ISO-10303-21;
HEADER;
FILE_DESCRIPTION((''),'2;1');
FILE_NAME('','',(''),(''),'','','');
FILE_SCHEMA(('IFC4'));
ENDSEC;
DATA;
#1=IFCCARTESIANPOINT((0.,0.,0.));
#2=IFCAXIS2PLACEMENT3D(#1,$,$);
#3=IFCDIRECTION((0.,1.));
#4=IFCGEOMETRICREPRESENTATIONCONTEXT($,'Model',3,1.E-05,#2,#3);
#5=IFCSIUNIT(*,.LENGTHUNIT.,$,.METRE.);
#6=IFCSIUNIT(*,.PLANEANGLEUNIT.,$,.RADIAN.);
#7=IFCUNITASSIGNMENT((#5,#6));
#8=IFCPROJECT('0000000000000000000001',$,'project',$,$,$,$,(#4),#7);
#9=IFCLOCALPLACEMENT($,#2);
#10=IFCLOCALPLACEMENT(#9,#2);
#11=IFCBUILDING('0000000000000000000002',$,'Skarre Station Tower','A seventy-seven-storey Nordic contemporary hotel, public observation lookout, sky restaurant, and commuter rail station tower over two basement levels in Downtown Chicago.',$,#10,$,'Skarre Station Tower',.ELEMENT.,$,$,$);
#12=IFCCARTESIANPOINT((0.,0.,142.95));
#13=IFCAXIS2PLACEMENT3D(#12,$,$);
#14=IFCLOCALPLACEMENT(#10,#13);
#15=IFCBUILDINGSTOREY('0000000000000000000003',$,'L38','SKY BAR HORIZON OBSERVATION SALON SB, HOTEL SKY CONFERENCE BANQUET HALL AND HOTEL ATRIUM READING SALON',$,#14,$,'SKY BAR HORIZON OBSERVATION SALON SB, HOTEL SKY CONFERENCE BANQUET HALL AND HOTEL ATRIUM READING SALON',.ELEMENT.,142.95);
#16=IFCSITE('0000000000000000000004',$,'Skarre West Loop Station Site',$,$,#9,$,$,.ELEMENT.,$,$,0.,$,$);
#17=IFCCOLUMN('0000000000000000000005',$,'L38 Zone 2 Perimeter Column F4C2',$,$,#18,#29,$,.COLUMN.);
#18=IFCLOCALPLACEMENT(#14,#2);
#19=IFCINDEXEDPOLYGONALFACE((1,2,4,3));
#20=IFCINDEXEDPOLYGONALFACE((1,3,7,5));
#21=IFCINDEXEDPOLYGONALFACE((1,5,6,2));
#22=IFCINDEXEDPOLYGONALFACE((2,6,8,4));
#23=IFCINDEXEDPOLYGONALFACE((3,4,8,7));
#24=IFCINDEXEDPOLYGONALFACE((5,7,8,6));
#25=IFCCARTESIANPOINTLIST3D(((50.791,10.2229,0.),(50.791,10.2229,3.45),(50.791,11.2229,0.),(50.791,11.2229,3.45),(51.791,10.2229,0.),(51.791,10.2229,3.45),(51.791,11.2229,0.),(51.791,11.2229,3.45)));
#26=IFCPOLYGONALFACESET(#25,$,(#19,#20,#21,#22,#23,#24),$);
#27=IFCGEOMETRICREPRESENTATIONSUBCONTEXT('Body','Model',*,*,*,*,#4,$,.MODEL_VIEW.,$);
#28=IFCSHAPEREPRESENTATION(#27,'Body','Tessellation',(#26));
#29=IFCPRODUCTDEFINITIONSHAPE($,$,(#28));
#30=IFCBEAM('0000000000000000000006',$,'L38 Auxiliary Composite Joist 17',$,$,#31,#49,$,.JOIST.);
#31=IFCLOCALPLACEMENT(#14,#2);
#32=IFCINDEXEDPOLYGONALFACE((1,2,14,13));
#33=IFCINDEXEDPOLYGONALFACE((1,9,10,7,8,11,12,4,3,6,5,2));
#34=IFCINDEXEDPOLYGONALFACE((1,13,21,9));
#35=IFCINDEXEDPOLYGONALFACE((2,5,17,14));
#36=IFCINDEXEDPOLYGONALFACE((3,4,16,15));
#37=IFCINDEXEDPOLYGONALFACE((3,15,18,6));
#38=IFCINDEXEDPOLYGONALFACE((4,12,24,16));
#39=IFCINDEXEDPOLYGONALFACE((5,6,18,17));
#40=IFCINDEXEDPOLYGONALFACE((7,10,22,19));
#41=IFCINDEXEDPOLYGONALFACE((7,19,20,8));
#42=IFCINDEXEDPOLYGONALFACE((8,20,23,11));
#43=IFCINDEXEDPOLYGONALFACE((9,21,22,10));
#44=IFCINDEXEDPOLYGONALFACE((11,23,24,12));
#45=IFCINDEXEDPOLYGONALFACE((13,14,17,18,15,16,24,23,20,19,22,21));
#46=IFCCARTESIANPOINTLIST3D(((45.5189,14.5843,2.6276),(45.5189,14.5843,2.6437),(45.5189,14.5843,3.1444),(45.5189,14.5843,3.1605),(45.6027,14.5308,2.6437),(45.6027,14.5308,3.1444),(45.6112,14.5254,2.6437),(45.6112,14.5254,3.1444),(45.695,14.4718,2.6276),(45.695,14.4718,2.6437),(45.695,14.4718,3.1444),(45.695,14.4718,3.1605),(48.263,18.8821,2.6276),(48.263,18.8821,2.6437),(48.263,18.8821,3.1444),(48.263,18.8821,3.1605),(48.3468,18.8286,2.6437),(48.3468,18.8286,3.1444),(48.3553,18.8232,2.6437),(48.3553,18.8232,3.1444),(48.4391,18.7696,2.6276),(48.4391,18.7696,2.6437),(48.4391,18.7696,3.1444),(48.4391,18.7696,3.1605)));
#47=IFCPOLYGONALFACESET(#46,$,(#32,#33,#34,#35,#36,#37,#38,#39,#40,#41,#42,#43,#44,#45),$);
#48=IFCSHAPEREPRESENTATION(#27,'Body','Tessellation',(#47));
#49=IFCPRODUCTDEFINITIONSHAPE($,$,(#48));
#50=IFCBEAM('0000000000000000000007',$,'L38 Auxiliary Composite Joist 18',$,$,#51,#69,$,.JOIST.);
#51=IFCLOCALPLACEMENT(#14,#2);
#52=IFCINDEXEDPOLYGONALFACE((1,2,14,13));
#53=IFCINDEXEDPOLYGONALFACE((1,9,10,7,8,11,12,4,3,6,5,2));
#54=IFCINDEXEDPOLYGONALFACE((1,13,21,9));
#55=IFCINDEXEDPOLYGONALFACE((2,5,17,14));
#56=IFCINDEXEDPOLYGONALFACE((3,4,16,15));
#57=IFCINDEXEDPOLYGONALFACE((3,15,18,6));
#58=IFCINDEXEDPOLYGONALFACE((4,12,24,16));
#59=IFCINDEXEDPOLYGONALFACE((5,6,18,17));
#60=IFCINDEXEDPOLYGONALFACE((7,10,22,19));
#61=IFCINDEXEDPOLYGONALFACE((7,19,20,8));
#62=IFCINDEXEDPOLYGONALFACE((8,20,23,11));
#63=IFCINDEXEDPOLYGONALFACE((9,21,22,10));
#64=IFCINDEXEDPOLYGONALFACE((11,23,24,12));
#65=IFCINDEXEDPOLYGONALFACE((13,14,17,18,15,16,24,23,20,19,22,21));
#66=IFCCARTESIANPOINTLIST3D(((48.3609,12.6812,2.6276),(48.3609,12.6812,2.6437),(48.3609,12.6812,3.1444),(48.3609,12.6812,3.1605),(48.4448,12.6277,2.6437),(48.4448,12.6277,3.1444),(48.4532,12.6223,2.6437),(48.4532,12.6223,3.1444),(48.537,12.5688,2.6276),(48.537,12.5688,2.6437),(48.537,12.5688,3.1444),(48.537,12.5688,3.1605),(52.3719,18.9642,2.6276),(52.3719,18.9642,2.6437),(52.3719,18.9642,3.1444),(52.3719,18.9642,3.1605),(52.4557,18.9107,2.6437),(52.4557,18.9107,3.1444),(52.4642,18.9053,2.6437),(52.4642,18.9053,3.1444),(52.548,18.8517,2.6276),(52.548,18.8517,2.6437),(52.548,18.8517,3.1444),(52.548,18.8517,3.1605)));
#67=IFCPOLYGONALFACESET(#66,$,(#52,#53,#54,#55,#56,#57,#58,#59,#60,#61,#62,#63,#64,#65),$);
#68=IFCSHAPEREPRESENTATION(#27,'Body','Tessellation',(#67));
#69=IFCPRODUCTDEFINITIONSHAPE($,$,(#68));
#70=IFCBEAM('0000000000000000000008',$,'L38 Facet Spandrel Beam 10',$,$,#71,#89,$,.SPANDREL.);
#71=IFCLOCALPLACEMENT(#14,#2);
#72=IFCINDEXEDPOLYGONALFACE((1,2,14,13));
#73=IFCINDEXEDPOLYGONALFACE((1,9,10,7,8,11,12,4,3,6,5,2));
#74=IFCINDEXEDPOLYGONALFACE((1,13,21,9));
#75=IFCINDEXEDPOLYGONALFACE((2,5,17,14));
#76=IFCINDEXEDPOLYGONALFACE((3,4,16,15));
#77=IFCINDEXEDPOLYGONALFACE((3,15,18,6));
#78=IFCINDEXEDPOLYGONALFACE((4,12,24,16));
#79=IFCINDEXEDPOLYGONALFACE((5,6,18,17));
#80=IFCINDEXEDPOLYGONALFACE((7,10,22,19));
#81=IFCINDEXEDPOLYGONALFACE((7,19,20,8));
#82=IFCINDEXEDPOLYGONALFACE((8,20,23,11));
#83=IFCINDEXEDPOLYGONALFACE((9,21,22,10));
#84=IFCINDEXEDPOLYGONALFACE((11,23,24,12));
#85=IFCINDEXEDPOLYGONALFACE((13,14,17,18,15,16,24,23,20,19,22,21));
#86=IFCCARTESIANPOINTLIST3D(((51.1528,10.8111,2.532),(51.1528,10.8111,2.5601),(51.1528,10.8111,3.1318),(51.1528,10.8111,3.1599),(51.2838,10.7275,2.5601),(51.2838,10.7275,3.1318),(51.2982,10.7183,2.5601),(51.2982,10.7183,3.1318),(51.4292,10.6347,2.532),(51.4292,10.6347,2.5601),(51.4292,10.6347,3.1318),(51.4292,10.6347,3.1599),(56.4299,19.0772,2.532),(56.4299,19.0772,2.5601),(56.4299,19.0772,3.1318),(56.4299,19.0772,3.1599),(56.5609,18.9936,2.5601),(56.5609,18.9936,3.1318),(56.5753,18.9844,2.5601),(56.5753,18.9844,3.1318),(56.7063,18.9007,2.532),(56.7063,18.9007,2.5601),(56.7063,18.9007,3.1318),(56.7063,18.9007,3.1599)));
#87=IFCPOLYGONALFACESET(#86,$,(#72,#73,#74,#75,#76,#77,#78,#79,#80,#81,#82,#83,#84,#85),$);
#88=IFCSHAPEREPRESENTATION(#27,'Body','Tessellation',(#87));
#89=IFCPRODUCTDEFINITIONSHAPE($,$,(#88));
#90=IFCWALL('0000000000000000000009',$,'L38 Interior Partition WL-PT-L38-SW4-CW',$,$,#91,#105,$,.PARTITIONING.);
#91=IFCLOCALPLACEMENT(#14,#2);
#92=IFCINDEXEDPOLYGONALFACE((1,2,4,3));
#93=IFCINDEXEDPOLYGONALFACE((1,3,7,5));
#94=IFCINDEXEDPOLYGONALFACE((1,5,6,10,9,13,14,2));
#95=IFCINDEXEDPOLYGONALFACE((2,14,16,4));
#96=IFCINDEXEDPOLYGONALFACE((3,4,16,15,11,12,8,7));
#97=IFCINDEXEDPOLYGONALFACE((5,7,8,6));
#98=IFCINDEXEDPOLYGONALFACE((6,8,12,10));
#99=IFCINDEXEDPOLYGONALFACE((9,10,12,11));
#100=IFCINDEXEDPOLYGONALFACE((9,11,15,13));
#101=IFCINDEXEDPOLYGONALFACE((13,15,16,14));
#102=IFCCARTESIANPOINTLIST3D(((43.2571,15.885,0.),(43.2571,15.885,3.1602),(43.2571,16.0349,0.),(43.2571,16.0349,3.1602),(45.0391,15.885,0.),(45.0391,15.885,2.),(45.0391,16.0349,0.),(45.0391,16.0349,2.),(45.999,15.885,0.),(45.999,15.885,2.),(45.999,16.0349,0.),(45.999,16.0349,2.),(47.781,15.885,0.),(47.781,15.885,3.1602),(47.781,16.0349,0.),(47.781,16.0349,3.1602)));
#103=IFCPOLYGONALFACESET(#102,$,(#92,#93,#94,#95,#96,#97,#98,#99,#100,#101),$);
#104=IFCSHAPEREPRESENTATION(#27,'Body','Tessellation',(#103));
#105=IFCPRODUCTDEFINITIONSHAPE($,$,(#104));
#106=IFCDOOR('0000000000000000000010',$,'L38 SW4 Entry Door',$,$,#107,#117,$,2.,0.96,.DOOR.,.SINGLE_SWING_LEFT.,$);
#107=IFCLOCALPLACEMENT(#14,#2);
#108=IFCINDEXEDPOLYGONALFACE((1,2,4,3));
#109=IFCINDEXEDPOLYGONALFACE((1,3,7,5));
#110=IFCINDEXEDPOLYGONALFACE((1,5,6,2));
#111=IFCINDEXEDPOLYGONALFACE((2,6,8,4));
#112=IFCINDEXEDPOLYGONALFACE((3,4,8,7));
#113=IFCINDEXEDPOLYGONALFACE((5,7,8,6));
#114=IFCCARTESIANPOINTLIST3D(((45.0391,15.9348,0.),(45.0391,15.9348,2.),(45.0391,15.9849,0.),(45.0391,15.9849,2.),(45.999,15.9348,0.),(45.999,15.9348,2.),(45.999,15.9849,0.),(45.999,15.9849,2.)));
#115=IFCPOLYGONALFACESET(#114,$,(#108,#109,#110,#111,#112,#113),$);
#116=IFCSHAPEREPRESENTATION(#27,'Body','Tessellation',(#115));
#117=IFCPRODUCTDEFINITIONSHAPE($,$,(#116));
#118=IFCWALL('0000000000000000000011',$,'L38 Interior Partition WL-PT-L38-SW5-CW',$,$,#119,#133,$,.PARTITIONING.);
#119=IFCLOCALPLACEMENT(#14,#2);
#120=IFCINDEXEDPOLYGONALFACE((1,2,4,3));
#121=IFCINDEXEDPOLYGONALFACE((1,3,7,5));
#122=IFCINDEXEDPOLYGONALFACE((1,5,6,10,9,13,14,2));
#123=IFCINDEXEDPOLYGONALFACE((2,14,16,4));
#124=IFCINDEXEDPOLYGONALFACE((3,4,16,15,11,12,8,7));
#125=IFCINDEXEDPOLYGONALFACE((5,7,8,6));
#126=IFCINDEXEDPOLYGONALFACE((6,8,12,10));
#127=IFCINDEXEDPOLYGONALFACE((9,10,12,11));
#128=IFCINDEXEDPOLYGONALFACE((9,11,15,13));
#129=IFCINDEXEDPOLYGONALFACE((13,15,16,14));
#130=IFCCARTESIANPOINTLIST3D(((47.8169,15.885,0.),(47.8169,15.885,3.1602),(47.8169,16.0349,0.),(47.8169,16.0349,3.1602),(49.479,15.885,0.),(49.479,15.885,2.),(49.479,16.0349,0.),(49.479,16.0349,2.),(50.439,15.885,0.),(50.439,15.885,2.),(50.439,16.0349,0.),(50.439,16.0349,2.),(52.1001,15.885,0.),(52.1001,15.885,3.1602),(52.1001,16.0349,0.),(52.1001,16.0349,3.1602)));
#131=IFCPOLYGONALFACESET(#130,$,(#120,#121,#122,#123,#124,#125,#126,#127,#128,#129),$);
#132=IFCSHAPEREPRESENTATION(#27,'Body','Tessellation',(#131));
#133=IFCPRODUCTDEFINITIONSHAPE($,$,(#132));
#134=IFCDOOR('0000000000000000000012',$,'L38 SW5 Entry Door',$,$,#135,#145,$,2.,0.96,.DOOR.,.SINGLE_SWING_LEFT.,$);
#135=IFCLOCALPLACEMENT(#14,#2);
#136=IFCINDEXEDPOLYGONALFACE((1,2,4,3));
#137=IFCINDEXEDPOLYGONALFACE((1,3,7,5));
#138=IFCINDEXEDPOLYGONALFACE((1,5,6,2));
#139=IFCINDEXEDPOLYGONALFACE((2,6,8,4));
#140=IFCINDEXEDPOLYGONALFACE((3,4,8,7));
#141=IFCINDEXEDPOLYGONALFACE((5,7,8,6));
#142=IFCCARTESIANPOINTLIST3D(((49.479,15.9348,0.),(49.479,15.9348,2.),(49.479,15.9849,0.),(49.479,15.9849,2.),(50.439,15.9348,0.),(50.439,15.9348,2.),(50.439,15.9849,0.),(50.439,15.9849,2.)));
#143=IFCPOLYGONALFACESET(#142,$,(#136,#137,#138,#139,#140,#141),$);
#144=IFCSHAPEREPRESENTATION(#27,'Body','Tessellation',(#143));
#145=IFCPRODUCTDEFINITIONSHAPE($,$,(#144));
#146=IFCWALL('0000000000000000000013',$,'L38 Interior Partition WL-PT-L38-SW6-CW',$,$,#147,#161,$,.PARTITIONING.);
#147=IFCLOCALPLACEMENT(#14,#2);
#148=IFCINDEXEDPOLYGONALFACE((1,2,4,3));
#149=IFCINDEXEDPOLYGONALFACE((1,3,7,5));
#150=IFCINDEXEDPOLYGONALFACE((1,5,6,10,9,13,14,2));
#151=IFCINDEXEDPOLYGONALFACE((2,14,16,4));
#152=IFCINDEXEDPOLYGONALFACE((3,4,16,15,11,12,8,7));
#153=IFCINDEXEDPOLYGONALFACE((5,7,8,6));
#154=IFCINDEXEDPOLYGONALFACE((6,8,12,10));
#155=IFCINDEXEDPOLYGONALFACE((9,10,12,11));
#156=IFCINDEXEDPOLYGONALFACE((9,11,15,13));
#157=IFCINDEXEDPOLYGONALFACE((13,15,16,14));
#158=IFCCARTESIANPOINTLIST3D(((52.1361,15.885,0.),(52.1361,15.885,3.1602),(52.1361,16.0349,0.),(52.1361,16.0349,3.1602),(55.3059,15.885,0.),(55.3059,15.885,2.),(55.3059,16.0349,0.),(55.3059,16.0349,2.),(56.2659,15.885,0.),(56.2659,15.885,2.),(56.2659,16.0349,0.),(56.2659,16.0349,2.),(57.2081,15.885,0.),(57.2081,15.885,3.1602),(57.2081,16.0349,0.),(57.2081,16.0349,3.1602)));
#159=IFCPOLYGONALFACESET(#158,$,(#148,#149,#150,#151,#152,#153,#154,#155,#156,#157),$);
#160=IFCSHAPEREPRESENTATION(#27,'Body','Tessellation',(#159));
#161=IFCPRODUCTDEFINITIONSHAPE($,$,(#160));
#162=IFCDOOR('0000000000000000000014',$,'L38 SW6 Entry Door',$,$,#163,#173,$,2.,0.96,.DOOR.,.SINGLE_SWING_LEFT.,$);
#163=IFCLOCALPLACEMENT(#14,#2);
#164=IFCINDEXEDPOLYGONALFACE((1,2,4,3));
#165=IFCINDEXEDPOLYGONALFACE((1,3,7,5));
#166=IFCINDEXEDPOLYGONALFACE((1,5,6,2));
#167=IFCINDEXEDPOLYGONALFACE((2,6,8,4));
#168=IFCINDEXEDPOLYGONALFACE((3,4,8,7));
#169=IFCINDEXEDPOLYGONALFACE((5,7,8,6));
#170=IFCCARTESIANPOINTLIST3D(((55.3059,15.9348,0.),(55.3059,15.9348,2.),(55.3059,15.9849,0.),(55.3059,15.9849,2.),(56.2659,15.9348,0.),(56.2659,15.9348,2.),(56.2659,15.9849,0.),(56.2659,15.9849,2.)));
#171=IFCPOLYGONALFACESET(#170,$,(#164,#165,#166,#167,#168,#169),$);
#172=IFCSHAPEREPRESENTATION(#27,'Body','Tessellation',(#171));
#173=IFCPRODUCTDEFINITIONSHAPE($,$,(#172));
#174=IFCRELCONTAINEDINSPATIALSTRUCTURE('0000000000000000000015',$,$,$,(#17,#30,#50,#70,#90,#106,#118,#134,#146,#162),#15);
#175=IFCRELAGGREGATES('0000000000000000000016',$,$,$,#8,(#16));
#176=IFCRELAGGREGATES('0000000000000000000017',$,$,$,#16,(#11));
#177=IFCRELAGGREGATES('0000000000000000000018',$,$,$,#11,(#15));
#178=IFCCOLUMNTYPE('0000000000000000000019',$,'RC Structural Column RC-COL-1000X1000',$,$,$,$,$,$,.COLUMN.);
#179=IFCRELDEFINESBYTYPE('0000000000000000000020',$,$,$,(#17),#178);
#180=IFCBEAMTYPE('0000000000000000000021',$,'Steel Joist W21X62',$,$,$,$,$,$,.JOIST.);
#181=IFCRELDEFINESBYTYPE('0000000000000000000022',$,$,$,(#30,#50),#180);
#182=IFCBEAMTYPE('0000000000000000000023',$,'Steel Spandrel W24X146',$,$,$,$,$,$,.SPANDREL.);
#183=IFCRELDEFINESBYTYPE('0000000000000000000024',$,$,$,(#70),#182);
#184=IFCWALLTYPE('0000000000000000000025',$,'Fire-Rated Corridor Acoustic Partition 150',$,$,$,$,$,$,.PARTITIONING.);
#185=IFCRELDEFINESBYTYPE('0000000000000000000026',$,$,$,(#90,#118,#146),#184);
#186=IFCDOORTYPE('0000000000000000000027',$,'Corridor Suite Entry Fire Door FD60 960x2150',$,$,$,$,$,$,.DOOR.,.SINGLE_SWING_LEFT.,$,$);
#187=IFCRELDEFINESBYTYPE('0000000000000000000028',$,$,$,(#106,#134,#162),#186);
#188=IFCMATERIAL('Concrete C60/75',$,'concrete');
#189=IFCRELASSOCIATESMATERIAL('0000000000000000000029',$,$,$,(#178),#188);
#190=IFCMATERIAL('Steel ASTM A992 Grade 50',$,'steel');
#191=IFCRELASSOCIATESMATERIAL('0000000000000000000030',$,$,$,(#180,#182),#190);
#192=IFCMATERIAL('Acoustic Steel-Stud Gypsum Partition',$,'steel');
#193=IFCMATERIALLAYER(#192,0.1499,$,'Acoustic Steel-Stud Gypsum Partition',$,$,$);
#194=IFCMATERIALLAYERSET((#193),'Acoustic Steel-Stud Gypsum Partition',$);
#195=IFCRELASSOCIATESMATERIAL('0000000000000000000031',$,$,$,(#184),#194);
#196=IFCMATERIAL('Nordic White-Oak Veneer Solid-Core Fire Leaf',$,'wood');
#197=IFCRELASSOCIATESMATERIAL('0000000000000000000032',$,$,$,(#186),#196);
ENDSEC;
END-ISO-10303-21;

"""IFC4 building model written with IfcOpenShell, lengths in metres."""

from ifc_helpers import new_model, si_unit, direction, frame, frame_2d, origin, origin_2d, place, context, subcontext, project, spatial, rectangle, i_section, extrude, material, layer, layer_set, material_profile, profile_set, type_object, element, fill, save


model = new_model("IFC4")

# Units and contexts
model_context = context("Model", 3, precision=1e-05, world=origin(), true_north=direction((0.0, 1.0)))
body_context = subcontext(model_context, "Body", "Model", "MODEL_VIEW")
ifc_project = project(units=[si_unit("LENGTHUNIT", "METRE"), si_unit("PLANEANGLEUNIT", "RADIAN")], contexts=[model_context])

# Site, building, storey
site_placement = place(None, origin())
site = spatial("IfcSite", under=ifc_project, at=site_placement, Name="Skarre West Loop Station Site", CompositionType="ELEMENT", RefElevation=0.0)
building_placement = place(site_placement, origin())
building = spatial("IfcBuilding", under=site, at=building_placement, Name="Skarre Station Tower", Description="A seventy-seven-storey Nordic contemporary hotel, public observation lookout, sky restaurant, and commuter rail station tower over two basement levels in Downtown Chicago.", LongName="Skarre Station Tower", CompositionType="ELEMENT")
storey_placement = place(building_placement, frame((0.0, 0.0, 142.95)))
storey = spatial("IfcBuildingStorey", under=building, at=storey_placement, Name="L38", Description="SKY BAR HORIZON OBSERVATION SALON SB, HOTEL SKY CONFERENCE BANQUET HALL AND HOTEL ATRIUM READING SALON", LongName="SKY BAR HORIZON OBSERVATION SALON SB, HOTEL SKY CONFERENCE BANQUET HALL AND HOTEL ATRIUM READING SALON", CompositionType="ELEMENT", Elevation=142.95)

# Column
ifc_material_1 = material(Name="Concrete C60/75", Category="concrete")
ifc_material_profile_1 = material_profile(ifc_material_1, rectangle(XDim=1.0, YDim=1.0, at=origin_2d()), Name="Concrete C60/75")
ifc_profile_set_1 = profile_set([ifc_material_profile_1], Name="Concrete C60/75")
column_type = type_object("IfcColumnType", Name="RC Structural Column RC-COL-1000X1000", PredefinedType="COLUMN", material=ifc_profile_set_1)
column_placement = place(storey_placement, frame((51.291, 10.7229, 0.0), z_axis=(0.0, 0.0, 1.0), x_axis=(1.0, 0.0, 0.0)))
element("IfcColumn", 1, at=column_placement, inside=storey, type_object=column_type, Name="L38 Zone 2 Perimeter Column F4C2", PredefinedType="COLUMN", context=body_context, shape_type="SweptSolid", body=[
    extrude(rectangle(XDim=1.0, YDim=1.0, at=origin_2d()), origin(), (0.0, 0.0, 1.0), 3.45),
])

# Beams
ifc_material_2 = material(Name="Steel ASTM A992 Grade 50", Category="steel")
ifc_material_profile_2 = material_profile(ifc_material_2, i_section(OverallWidth=0.209, OverallDepth=0.533, WebThickness=0.01, FlangeThickness=0.0161, at=origin_2d()), Name="Steel ASTM A992 Grade 50")
ifc_profile_set_2 = profile_set([ifc_material_profile_2], Name="Steel ASTM A992 Grade 50")
beam_type_1 = type_object("IfcBeamType", Name="Steel Joist W21X62", PredefinedType="JOIST", material=ifc_profile_set_2)
beam_1_placement = place(storey_placement, frame((45.6069, 14.5281, 2.894), z_axis=(0.538151, 0.842848, 0.0), x_axis=(-0.842848, 0.538151, 0.0)))
element("IfcBeam", 2, at=beam_1_placement, inside=storey, type_object=beam_type_1, Name="L38 Auxiliary Composite Joist 17", PredefinedType="JOIST", context=body_context, shape_type="SweptSolid", body=[
    extrude(i_section(OverallWidth=0.209, OverallDepth=0.533, WebThickness=0.01, FlangeThickness=0.0161, at=origin_2d()), origin(), (0.0, 0.0, 1.0), 5.0991),
])
beam_2_placement = place(storey_placement, frame((48.449, 12.625, 2.894), z_axis=(0.538091, 0.842886, 0.0), x_axis=(-0.842886, 0.538091, 0.0)))
element("IfcBeam", 3, at=beam_2_placement, inside=storey, type_object=beam_type_1, Name="L38 Auxiliary Composite Joist 18", PredefinedType="JOIST", context=body_context, shape_type="SweptSolid", body=[
    extrude(i_section(OverallWidth=0.209, OverallDepth=0.533, WebThickness=0.01, FlangeThickness=0.0161, at=origin_2d()), origin(), (0.0, 0.0, 1.0), 7.4541),
])
ifc_material_profile_3 = material_profile(ifc_material_2, i_section(OverallWidth=0.3279, OverallDepth=0.6279, WebThickness=0.0171, FlangeThickness=0.0281, at=origin_2d()), Name="Steel ASTM A992 Grade 50")
ifc_profile_set_3 = profile_set([ifc_material_profile_3], Name="Steel ASTM A992 Grade 50")
beam_type_2 = type_object("IfcBeamType", Name="Steel Spandrel W24X146", PredefinedType="SPANDREL", material=ifc_profile_set_3)
beam_3_placement = place(storey_placement, frame((51.291, 10.7229, 2.8459), z_axis=(0.538098, 0.842883, 0.0), x_axis=(-0.842883, 0.538098, 0.0)))
element("IfcBeam", 4, at=beam_3_placement, inside=storey, type_object=beam_type_2, Name="L38 Facet Spandrel Beam 10", PredefinedType="SPANDREL", context=body_context, shape_type="SweptSolid", body=[
    extrude(i_section(OverallWidth=0.3279, OverallDepth=0.6279, WebThickness=0.0171, FlangeThickness=0.0281, at=origin_2d()), origin(), (0.0, 0.0, 1.0), 9.8069),
])

# Walls, openings, doors
ifc_material_3 = material(Name="Acoustic Steel-Stud Gypsum Partition", Category="steel")
ifc_layer_1 = layer(ifc_material_3, 0.1499, Name="Acoustic Steel-Stud Gypsum Partition")
ifc_layer_set_1 = layer_set([ifc_layer_1], Name="Acoustic Steel-Stud Gypsum Partition")
wall_type_1 = type_object("IfcWallType", Name="Fire-Rated Corridor Acoustic Partition 150", PredefinedType="PARTITIONING", material=ifc_layer_set_1)
wall_1_placement = place(storey_placement, frame((43.2571, 15.96, 0.0), z_axis=(0.0, 0.0, 1.0), x_axis=(1.0, 0.0, 0.0)))
wall_1 = element("IfcWall", 5, at=wall_1_placement, inside=storey, type_object=wall_type_1, Name="L38 Interior Partition WL-PT-L38-SW4-CW", PredefinedType="PARTITIONING", context=body_context, shape_type="SweptSolid", body=[
    extrude(rectangle(XDim=4.5239, YDim=0.1499, at=frame_2d((2.262, 0.0))), origin(), (0.0, 0.0, 1.0), 3.1602),
])
opening_1_placement = place(wall_1_placement, frame((1.782, 0.0, 0.0)))
opening_1 = element("IfcOpeningElement", 6, at=opening_1_placement, cuts=wall_1, PredefinedType="OPENING", context=body_context, shape_type="SweptSolid", body=[
    extrude(rectangle(XDim=0.96, YDim=2.0, at=frame_2d((0.48, 1.0))), frame((0.0, 0.085, 0.0), z_axis=(0.0, -1.0, 0.0), x_axis=(1.0, 0.0, 0.0)), (0.0, 0.0, 1.0), 0.1699),
])
ifc_material_4 = material(Name="Nordic White-Oak Veneer Solid-Core Fire Leaf", Category="wood")
door_type_1 = type_object("IfcDoorType", Name="Corridor Suite Entry Fire Door FD60 960x2150", OperationType="SINGLE_SWING_LEFT", PredefinedType="DOOR", material=ifc_material_4)
door_1_placement = place(opening_1_placement, origin())
door_1 = element("IfcDoor", 7, at=door_1_placement, inside=storey, type_object=door_type_1, Name="L38 SW4 Entry Door", OperationType="SINGLE_SWING_LEFT", OverallHeight=2.0, OverallWidth=0.96, PredefinedType="DOOR", context=body_context, shape_type="SweptSolid", body=[
    extrude(rectangle(XDim=0.96, YDim=2.0, at=frame_2d((0.48, 1.0))), frame((0.0, 0.0249, 0.0), z_axis=(0.0, -1.0, 0.0), x_axis=(1.0, 0.0, 0.0)), (0.0, 0.0, 1.0), 0.05),
])
fill(opening_1, door_1)
wall_2_placement = place(storey_placement, frame((47.8169, 15.96, 0.0), z_axis=(0.0, 0.0, 1.0), x_axis=(1.0, 0.0, 0.0)))
wall_2 = element("IfcWall", 8, at=wall_2_placement, inside=storey, type_object=wall_type_1, Name="L38 Interior Partition WL-PT-L38-SW5-CW", PredefinedType="PARTITIONING", context=body_context, shape_type="SweptSolid", body=[
    extrude(rectangle(XDim=4.2832, YDim=0.1499, at=frame_2d((2.1416, 0.0))), origin(), (0.0, 0.0, 1.0), 3.1602),
])
opening_2_placement = place(wall_2_placement, frame((1.6621, 0.0, 0.0)))
opening_2 = element("IfcOpeningElement", 9, at=opening_2_placement, cuts=wall_2, PredefinedType="OPENING", context=body_context, shape_type="SweptSolid", body=[
    extrude(rectangle(XDim=0.96, YDim=2.0, at=frame_2d((0.48, 1.0))), frame((0.0, 0.085, 0.0), z_axis=(0.0, -1.0, 0.0), x_axis=(1.0, 0.0, 0.0)), (0.0, 0.0, 1.0), 0.1699),
])
door_2_placement = place(opening_2_placement, origin())
door_2 = element("IfcDoor", 10, at=door_2_placement, inside=storey, type_object=door_type_1, Name="L38 SW5 Entry Door", OperationType="SINGLE_SWING_LEFT", OverallHeight=2.0, OverallWidth=0.96, PredefinedType="DOOR", context=body_context, shape_type="SweptSolid", body=[
    extrude(rectangle(XDim=0.96, YDim=2.0, at=frame_2d((0.48, 1.0))), frame((0.0, 0.0249, 0.0), z_axis=(0.0, -1.0, 0.0), x_axis=(1.0, 0.0, 0.0)), (0.0, 0.0, 1.0), 0.05),
])
fill(opening_2, door_2)
wall_3_placement = place(storey_placement, frame((52.136, 15.96, 0.0), z_axis=(0.0, 0.0, 1.0), x_axis=(1.0, 0.0, 0.0)))
wall_3 = element("IfcWall", 11, at=wall_3_placement, inside=storey, type_object=wall_type_1, Name="L38 Interior Partition WL-PT-L38-SW6-CW", PredefinedType="PARTITIONING", context=body_context, shape_type="SweptSolid", body=[
    extrude(rectangle(XDim=5.072, YDim=0.1499, at=frame_2d((2.5361, 0.0))), origin(), (0.0, 0.0, 1.0), 3.1602),
])
opening_3_placement = place(wall_3_placement, frame((3.1699, 0.0, 0.0)))
opening_3 = element("IfcOpeningElement", 12, at=opening_3_placement, cuts=wall_3, PredefinedType="OPENING", context=body_context, shape_type="SweptSolid", body=[
    extrude(rectangle(XDim=0.96, YDim=2.0, at=frame_2d((0.48, 1.0))), frame((0.0, 0.085, 0.0), z_axis=(0.0, -1.0, 0.0), x_axis=(1.0, 0.0, 0.0)), (0.0, 0.0, 1.0), 0.1699),
])
door_3_placement = place(opening_3_placement, origin())
door_3 = element("IfcDoor", 13, at=door_3_placement, inside=storey, type_object=door_type_1, Name="L38 SW6 Entry Door", OperationType="SINGLE_SWING_LEFT", OverallHeight=2.0, OverallWidth=0.96, PredefinedType="DOOR", context=body_context, shape_type="SweptSolid", body=[
    extrude(rectangle(XDim=0.96, YDim=2.0, at=frame_2d((0.48, 1.0))), frame((0.0, 0.0249, 0.0), z_axis=(0.0, -1.0, 0.0), x_axis=(1.0, 0.0, 0.0)), (0.0, 0.0, 1.0), 0.05),
])
fill(opening_3, door_3)

save(model, "model.ifc")
